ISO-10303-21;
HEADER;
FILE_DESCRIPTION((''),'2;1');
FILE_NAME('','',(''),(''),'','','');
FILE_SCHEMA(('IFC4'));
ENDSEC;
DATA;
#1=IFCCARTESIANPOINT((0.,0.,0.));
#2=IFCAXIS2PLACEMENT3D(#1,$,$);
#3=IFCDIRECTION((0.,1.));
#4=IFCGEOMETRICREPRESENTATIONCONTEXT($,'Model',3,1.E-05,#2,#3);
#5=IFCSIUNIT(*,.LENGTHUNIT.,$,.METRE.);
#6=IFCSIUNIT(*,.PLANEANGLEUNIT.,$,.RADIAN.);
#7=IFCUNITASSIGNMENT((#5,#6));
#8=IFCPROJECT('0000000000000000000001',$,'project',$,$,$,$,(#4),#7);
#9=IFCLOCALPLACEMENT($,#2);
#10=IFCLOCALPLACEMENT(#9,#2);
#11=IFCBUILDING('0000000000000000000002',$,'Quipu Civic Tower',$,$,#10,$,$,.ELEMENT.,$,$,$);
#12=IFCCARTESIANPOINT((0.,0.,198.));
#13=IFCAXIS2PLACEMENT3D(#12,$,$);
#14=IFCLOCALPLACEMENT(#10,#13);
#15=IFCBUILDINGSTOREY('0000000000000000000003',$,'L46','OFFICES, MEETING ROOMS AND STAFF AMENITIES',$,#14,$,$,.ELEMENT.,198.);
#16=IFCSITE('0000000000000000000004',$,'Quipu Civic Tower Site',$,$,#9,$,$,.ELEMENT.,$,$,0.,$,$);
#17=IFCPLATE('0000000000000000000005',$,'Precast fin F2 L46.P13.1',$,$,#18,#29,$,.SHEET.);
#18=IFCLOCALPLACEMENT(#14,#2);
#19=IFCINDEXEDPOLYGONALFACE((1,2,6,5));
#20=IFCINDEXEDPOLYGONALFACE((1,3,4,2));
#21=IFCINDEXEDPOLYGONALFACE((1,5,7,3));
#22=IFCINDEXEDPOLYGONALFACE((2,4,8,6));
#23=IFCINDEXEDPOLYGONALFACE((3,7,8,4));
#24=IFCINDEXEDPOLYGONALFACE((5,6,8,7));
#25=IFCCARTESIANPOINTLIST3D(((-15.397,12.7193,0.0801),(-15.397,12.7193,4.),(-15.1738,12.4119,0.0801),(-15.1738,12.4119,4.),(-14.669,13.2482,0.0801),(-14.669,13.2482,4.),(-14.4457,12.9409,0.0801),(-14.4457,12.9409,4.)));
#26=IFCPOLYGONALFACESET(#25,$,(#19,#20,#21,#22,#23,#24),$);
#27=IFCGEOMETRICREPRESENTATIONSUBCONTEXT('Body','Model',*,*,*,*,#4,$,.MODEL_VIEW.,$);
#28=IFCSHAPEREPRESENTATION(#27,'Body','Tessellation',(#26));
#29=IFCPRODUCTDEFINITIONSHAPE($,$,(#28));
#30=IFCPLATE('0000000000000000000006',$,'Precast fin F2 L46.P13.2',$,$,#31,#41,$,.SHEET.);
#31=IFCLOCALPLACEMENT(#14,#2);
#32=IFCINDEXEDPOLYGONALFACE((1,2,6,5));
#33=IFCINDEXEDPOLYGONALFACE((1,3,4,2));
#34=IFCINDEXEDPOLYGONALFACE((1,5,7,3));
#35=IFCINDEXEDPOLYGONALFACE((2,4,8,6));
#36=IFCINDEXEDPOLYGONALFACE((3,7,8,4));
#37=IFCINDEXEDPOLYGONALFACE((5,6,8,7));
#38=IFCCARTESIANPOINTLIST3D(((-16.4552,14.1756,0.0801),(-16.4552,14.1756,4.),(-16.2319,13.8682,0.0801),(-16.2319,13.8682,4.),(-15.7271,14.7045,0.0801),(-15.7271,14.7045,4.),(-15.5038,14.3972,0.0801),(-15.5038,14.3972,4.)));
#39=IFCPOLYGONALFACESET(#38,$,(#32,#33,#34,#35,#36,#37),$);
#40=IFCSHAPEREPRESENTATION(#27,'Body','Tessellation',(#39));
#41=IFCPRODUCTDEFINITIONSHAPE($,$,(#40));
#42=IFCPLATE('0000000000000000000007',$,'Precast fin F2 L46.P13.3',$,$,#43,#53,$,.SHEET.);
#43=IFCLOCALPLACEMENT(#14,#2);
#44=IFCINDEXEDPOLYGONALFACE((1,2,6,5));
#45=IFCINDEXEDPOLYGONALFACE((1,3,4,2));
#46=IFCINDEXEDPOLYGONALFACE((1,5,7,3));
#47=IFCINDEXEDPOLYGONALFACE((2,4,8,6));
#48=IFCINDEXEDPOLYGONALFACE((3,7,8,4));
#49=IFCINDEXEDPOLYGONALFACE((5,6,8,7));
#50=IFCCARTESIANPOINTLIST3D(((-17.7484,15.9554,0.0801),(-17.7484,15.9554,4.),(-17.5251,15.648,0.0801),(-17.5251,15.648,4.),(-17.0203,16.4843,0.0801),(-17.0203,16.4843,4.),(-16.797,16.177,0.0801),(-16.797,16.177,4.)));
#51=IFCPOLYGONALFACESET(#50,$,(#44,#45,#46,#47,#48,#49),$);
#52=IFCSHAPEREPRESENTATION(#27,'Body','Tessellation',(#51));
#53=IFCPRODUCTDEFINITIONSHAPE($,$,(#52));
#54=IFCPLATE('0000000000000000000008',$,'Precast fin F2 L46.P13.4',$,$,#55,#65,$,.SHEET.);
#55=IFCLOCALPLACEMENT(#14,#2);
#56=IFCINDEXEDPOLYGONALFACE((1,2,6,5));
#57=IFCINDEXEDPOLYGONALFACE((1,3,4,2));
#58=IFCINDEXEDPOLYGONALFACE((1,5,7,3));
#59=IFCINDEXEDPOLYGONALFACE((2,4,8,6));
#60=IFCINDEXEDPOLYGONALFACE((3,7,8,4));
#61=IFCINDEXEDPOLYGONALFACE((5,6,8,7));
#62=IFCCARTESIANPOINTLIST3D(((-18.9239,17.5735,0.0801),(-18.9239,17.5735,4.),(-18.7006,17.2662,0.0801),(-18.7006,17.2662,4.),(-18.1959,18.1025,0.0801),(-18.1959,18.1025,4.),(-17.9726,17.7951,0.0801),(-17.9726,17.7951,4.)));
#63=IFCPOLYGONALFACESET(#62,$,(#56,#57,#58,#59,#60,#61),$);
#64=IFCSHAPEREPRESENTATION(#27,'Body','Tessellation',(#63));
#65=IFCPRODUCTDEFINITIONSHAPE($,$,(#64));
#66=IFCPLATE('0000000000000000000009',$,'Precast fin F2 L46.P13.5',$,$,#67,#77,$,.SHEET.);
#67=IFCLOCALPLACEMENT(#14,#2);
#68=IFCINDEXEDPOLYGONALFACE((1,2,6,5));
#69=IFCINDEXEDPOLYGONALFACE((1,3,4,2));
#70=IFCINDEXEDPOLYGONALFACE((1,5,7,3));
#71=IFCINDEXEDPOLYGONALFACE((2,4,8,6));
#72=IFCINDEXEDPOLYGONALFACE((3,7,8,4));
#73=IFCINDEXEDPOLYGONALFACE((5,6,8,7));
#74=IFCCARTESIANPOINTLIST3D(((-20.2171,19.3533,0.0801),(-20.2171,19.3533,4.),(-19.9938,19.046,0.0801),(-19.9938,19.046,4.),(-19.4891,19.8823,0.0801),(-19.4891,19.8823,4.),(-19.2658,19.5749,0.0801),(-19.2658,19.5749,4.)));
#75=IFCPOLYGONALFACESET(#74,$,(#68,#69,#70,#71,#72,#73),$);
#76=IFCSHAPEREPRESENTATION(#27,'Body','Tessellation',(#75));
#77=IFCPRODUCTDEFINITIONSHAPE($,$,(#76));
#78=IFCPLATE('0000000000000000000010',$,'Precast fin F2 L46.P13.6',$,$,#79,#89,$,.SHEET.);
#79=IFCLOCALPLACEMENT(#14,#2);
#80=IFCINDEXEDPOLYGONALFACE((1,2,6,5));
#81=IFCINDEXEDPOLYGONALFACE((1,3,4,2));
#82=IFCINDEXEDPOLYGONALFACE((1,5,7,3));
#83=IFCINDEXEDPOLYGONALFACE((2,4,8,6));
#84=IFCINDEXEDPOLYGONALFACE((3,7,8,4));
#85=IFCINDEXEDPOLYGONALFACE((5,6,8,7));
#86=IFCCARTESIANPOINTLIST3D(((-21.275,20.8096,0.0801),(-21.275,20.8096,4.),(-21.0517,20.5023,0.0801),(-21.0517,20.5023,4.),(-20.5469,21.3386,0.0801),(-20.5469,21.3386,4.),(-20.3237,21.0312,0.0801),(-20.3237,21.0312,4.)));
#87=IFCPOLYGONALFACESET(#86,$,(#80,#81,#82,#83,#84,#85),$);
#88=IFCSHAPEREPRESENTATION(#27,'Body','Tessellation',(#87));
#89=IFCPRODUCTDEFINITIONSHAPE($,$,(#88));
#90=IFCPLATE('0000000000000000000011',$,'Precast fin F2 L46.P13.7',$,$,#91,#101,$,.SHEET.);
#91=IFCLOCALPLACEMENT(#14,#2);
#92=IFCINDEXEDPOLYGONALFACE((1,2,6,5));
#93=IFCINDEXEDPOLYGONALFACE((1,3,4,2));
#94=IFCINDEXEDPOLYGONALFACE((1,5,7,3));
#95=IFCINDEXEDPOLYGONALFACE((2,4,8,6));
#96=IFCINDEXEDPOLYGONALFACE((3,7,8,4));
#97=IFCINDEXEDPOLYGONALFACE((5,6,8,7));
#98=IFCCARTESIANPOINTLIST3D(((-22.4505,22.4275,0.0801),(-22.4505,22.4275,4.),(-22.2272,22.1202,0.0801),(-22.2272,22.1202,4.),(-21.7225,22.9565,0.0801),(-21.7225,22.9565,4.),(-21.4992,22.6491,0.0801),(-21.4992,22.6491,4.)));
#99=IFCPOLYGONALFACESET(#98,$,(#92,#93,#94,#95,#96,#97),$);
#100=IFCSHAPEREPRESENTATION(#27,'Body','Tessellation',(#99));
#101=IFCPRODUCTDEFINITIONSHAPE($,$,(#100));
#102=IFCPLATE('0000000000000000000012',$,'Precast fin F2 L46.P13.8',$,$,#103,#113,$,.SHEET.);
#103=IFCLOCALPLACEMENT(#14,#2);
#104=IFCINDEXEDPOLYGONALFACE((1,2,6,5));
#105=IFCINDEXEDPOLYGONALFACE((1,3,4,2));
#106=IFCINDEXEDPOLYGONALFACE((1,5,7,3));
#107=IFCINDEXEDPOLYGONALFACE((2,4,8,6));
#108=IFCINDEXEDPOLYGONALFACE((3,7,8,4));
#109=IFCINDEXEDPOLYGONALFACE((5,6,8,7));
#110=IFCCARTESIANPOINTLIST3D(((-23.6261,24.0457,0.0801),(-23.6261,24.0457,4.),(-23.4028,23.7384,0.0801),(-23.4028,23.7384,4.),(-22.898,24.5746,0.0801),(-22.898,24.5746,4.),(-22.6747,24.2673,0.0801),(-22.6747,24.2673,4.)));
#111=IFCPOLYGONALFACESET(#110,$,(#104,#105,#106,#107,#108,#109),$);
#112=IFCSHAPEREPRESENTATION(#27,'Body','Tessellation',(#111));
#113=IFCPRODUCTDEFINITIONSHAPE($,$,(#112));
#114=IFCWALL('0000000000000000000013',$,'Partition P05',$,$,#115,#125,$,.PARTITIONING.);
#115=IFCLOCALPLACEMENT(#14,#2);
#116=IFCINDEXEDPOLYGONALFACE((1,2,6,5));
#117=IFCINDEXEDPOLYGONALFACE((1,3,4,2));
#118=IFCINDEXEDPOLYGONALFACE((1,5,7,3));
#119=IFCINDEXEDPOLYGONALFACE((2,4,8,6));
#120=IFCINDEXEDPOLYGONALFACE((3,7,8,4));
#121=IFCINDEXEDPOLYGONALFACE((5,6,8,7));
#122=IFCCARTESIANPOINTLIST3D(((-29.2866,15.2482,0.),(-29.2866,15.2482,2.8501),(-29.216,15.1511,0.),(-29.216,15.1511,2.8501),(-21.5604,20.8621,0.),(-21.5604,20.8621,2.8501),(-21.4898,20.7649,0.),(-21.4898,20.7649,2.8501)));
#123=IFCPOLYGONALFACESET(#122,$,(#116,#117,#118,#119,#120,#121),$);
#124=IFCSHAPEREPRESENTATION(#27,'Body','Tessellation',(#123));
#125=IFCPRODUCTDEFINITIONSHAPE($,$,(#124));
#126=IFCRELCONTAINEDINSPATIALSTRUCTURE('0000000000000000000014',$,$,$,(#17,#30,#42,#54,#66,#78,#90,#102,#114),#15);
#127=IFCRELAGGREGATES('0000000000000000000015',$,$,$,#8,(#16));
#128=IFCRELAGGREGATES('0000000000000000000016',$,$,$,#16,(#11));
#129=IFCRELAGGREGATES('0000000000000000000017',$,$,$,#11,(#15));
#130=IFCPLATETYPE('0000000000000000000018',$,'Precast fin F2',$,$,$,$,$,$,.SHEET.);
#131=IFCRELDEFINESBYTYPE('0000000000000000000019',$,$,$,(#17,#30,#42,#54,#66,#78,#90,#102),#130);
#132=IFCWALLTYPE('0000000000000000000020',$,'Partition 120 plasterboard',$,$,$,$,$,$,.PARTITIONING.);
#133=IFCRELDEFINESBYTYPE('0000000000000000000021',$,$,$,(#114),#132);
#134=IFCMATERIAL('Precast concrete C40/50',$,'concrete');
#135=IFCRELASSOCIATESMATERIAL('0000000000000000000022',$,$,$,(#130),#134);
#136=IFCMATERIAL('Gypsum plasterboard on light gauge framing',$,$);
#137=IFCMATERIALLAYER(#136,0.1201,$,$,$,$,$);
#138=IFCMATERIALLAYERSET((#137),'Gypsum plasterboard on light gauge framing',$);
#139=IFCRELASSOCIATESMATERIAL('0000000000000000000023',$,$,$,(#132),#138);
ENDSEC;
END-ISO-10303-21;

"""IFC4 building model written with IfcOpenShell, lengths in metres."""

from ifc_helpers import new_model, si_unit, direction, frame, frame_2d, origin, origin_2d, place, context, subcontext, project, spatial, rectangle, extrude, material, layer, layer_set, type_object, element, save


model = new_model("IFC4")

# Units and contexts
model_context = context("Model", 3, precision=1e-05, world=origin(), true_north=direction((0.0, 1.0)))
body_context = subcontext(model_context, "Body", "Model", "MODEL_VIEW")
ifc_project = project(units=[si_unit("LENGTHUNIT", "METRE"), si_unit("PLANEANGLEUNIT", "RADIAN")], contexts=[model_context])

# Site, building, storey
site_placement = place(None, origin())
site = spatial("IfcSite", under=ifc_project, at=site_placement, Name="Quipu Civic Tower Site", CompositionType="ELEMENT", RefElevation=0.0)
building_placement = place(site_placement, origin())
building = spatial("IfcBuilding", under=site, at=building_placement, Name="Quipu Civic Tower", CompositionType="ELEMENT")
storey_placement = place(building_placement, frame((0.0, 0.0, 198.0)))
storey = spatial("IfcBuildingStorey", under=building, at=storey_placement, Name="L46", Description="OFFICES, MEETING ROOMS AND STAFF AMENITIES", CompositionType="ELEMENT", Elevation=198.0)

# Plates
ifc_material_1 = material(Name="Precast concrete C40/50", Category="concrete")
plate_type_1 = type_object("IfcPlateType", Name="Precast fin F2", PredefinedType="SHEET", material=ifc_material_1)
for number, where, z_axis, x_axis, name in (
    (1, (-14.9214, 12.8301, 0.0801), (0.0, 0.0, 1.0), (-0.587787, 0.809016, 0.0), "Precast fin F2 L46.P13.1"),
    (2, (-15.9795, 14.2864, 0.0801), (0.0, 0.0, 1.0), (-0.587787, 0.809016, 0.0), "Precast fin F2 L46.P13.2"),
    (3, (-17.2727, 16.0662, 0.0801), (0.0, 0.0, 1.0), (-0.587787, 0.809016, 0.0), "Precast fin F2 L46.P13.3"),
    (4, (-18.4482, 17.6843, 0.0801), (0.0, 0.0, 1.0), (-0.587787, 0.809016, 0.0), "Precast fin F2 L46.P13.4"),
    (5, (-19.7415, 19.4641, 0.0801), (0.0, 0.0, 1.0), (-0.587787, 0.809016, 0.0), "Precast fin F2 L46.P13.5"),
    (6, (-20.7993, 20.9204, 0.0801), (0.0, 0.0, 1.0), (-0.587787, 0.809016, 0.0), "Precast fin F2 L46.P13.6"),
    (7, (-21.9749, 22.5383, 0.0801), (0.0, 0.0, 1.0), (-0.587787, 0.809016, 0.0), "Precast fin F2 L46.P13.7"),
    (8, (-23.1504, 24.1565, 0.0801), (0.0, 0.0, 1.0), (-0.587787, 0.809016, 0.0), "Precast fin F2 L46.P13.8"),
):
    element("IfcPlate", number, at=place(storey_placement, frame(where, z_axis=z_axis, x_axis=x_axis)), inside=storey, type_object=plate_type_1, Name=name, PredefinedType="SHEET", context=body_context, shape_type="SweptSolid", body=[
        extrude(rectangle(XDim=0.3799, YDim=0.8999, at=origin_2d()), origin(), (0.0, 0.0, 1.0), 3.9199),
    ])

# Wall
ifc_material_2 = material(Name="Gypsum plasterboard on light gauge framing")
ifc_layer_1 = layer(ifc_material_2, 0.1201)
ifc_layer_set_1 = layer_set([ifc_layer_1], Name="Gypsum plasterboard on light gauge framing")
wall_type = type_object("IfcWallType", Name="Partition 120 plasterboard", PredefinedType="PARTITIONING", material=ifc_layer_set_1)
wall_placement = place(storey_placement, frame((-21.5251, 20.8135, 0.0), z_axis=(0.0, 0.0, 1.0), x_axis=(-0.808995, -0.587816, 0.0)))
element("IfcWall", 9, at=wall_placement, inside=storey, type_object=wall_type, Name="Partition P05", PredefinedType="PARTITIONING", context=body_context, shape_type="SweptSolid", body=[
    extrude(rectangle(XDim=9.5503, YDim=0.1201, at=frame_2d((4.7751, 0.0))), origin(), (0.0, 0.0, 1.0), 2.8501),
])

save(model, "model.ifc")
